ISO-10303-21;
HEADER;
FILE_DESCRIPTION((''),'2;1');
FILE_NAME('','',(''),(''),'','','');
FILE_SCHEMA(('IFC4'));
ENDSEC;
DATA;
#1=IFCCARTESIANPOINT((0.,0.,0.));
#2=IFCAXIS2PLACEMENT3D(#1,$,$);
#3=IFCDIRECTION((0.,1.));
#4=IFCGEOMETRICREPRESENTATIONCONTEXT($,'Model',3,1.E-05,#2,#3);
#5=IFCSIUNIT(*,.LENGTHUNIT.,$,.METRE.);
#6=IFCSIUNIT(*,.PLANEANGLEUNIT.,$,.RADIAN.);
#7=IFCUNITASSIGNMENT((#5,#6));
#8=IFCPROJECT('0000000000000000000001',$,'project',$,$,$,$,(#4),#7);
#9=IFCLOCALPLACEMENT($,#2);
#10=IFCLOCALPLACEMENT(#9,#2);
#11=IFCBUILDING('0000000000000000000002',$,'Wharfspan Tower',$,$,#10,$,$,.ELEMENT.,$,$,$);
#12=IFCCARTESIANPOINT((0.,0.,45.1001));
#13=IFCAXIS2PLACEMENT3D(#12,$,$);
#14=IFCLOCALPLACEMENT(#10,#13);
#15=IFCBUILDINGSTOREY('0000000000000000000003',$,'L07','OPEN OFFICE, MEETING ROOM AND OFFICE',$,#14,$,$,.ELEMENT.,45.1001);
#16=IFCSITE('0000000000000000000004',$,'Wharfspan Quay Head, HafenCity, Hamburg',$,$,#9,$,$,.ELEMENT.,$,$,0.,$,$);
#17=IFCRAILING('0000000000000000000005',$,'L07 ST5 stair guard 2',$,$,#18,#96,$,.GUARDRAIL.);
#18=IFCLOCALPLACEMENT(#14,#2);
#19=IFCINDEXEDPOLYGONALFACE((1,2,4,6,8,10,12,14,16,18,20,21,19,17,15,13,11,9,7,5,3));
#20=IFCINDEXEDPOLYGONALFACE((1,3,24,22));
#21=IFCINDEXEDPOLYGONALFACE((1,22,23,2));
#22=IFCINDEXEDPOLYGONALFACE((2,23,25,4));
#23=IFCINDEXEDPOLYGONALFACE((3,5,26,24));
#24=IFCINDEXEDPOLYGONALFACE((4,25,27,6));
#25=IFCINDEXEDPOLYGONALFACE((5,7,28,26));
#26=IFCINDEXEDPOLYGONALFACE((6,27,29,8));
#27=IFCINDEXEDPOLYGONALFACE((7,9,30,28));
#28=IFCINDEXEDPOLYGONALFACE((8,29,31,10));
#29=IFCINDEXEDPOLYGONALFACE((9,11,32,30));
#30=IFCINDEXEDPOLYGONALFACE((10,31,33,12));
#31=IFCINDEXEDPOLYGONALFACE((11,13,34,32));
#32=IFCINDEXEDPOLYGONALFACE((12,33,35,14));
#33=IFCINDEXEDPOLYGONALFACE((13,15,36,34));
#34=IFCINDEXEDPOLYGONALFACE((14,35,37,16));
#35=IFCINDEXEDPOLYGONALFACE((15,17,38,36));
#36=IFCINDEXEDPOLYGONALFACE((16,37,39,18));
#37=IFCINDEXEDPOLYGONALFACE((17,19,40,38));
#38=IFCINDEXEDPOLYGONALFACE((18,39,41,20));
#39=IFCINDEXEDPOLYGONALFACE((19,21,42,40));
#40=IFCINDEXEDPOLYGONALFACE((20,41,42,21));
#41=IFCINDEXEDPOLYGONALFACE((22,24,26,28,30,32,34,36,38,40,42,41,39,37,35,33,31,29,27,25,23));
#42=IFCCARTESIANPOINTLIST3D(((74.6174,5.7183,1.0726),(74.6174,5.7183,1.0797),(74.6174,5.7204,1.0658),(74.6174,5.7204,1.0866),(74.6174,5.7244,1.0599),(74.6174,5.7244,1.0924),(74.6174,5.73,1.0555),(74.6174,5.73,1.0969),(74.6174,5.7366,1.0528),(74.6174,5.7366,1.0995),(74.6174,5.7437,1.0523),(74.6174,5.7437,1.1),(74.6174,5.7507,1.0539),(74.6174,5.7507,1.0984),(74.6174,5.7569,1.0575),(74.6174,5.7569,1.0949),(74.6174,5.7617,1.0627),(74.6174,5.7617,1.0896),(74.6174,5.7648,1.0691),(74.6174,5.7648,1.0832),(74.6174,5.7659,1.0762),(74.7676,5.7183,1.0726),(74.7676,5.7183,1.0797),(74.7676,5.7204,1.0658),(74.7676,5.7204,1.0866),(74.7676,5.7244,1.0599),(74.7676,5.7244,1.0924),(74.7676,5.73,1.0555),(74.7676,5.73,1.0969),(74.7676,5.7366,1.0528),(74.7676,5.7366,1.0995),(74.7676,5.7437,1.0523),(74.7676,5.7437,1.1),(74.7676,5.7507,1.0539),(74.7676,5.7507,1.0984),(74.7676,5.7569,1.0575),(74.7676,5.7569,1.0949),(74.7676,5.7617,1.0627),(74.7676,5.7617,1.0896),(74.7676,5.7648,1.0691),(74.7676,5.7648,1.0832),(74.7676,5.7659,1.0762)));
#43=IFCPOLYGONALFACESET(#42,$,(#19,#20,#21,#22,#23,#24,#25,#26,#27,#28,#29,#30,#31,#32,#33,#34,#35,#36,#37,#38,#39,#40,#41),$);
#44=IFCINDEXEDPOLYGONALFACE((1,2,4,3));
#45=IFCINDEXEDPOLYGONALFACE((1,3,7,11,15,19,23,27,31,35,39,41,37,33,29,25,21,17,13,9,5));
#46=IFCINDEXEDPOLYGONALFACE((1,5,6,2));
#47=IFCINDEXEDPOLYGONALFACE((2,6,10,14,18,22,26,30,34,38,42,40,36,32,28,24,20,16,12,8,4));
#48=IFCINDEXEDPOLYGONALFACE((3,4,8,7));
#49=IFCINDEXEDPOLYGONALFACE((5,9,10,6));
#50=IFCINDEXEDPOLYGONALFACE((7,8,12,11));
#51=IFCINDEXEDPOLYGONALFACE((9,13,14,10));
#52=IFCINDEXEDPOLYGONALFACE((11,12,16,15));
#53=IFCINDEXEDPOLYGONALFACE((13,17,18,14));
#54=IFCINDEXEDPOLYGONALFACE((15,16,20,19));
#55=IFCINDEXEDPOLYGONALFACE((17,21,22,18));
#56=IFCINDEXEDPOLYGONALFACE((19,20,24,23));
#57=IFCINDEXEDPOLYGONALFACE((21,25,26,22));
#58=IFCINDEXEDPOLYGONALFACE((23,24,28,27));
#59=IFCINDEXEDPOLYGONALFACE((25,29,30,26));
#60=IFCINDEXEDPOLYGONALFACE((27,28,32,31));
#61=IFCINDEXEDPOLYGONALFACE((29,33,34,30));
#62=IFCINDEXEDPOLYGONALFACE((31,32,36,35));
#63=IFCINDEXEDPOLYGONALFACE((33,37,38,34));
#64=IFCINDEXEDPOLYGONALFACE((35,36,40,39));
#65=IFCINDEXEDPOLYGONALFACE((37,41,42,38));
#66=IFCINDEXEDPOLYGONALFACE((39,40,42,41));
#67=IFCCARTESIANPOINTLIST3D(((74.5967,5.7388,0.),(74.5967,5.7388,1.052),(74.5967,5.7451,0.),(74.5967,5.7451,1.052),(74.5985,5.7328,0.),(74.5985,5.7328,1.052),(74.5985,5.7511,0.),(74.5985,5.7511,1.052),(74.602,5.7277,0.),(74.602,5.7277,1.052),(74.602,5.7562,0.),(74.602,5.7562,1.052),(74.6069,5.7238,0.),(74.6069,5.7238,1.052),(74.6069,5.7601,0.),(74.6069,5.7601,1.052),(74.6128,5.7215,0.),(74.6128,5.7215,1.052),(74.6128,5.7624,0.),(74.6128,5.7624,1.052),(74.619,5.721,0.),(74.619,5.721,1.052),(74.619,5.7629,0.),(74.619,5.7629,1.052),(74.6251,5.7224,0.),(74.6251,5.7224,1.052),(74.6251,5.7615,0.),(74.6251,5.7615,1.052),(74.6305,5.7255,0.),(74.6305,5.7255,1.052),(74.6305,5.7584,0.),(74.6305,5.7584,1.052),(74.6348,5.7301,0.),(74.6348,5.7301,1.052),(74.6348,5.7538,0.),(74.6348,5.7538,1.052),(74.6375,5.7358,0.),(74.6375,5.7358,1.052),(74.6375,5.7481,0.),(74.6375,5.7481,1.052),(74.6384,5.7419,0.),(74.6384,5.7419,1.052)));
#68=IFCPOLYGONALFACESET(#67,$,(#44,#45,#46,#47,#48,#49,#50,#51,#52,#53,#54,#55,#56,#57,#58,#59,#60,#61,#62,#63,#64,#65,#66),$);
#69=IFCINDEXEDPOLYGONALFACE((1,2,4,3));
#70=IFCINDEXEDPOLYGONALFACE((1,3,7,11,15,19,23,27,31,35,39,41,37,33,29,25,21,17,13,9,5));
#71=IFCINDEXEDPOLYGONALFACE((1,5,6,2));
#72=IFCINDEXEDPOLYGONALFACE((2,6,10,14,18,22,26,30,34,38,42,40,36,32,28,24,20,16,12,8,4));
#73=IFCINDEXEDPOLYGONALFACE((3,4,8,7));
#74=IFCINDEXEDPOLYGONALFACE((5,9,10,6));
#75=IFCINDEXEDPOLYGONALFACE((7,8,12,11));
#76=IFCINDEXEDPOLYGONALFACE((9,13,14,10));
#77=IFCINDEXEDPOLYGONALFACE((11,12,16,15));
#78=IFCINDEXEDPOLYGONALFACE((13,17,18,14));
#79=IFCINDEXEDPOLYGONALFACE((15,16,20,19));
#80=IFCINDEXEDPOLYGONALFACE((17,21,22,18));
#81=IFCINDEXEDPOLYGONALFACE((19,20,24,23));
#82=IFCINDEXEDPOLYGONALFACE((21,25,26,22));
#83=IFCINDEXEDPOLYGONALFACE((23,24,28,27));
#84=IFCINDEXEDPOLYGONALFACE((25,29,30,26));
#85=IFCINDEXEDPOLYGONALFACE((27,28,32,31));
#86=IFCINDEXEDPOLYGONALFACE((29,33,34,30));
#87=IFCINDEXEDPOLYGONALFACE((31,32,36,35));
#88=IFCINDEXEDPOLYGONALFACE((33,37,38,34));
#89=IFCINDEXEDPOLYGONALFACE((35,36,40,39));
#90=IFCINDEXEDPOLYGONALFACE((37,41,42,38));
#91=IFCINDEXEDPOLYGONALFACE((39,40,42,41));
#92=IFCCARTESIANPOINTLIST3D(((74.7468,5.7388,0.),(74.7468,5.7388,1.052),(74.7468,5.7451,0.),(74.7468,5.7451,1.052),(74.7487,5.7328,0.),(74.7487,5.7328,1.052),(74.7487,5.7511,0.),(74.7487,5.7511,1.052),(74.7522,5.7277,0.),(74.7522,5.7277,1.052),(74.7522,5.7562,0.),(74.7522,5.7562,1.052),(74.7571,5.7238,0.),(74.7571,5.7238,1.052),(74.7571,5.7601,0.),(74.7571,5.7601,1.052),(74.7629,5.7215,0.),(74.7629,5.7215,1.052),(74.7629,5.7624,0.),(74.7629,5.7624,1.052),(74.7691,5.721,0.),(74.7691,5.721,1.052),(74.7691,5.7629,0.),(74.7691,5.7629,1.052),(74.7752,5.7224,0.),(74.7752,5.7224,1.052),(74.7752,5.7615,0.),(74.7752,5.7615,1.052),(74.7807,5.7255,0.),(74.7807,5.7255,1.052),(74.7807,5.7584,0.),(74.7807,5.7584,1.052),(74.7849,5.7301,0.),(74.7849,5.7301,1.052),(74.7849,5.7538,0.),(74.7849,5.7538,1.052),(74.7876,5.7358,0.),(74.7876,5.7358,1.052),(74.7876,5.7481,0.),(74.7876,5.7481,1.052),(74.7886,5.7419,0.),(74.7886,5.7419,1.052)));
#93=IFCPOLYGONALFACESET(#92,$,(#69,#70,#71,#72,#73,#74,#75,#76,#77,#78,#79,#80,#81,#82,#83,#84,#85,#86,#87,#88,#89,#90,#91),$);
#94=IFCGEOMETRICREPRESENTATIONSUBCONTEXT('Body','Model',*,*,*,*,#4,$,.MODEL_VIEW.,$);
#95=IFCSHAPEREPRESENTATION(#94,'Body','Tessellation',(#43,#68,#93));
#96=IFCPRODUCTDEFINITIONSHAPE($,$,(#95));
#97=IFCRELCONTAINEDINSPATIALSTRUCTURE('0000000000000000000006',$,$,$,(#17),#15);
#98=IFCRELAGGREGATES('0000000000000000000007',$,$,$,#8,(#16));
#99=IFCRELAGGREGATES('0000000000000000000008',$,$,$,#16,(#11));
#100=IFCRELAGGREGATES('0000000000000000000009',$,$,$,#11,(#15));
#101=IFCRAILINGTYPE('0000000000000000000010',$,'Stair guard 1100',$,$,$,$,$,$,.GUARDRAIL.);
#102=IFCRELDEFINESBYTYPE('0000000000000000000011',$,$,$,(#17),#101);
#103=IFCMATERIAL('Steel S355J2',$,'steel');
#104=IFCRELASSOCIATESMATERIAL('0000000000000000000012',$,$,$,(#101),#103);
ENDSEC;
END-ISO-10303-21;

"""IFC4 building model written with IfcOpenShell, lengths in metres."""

from ifc_helpers import new_model, si_unit, direction, frame, origin, origin_2d, place, context, subcontext, project, spatial, circle, extrude, material, type_object, element, save


model = new_model("IFC4")

# Units and contexts
model_context = context("Model", 3, precision=1e-05, world=origin(), true_north=direction((0.0, 1.0)))
body_context = subcontext(model_context, "Body", "Model", "MODEL_VIEW")
ifc_project = project(units=[si_unit("LENGTHUNIT", "METRE"), si_unit("PLANEANGLEUNIT", "RADIAN")], contexts=[model_context])

# Site, building, storey
site_placement = place(None, origin())
site = spatial("IfcSite", under=ifc_project, at=site_placement, Name="Wharfspan Quay Head, HafenCity, Hamburg", CompositionType="ELEMENT", RefElevation=0.0)
building_placement = place(site_placement, origin())
building = spatial("IfcBuilding", under=site, at=building_placement, Name="Wharfspan Tower", CompositionType="ELEMENT")
storey_placement = place(building_placement, frame((0.0, 0.0, 45.1001)))
storey = spatial("IfcBuildingStorey", under=building, at=storey_placement, Name="L07", Description="OPEN OFFICE, MEETING ROOM AND OFFICE", CompositionType="ELEMENT", Elevation=45.1001)

# Shared definitions
ifc_material_1 = material(Name="Steel S355J2", Category="steel")

# Railing
railing_type_1 = type_object("IfcRailingType", Name="Stair guard 1100", PredefinedType="GUARDRAIL", material=ifc_material_1)
railing_1_placement = place(storey_placement, frame((74.6174, 5.7419, 0.0)))
element("IfcRailing", 1, at=railing_1_placement, inside=storey, type_object=railing_type_1, Name="L07 ST5 stair guard 2", PredefinedType="GUARDRAIL", context=body_context, shape_type="SweptSolid", body=[
    extrude(circle(Radius=0.0239, at=origin_2d()), frame((0.0, 0.0, 1.0762), z_axis=(1.0, 0.0, 0.0), x_axis=(0.0, 1.0, 0.0)), (0.0, 0.0, 1.0), 0.1501),
    extrude(circle(Radius=0.021, at=origin_2d()), origin(), (0.0, 0.0, 1.0), 1.052),
    extrude(circle(Radius=0.021, at=origin_2d()), frame((0.1501, 0.0, 0.0)), (0.0, 0.0, 1.0), 1.052),
])

save(model, "model.ifc")
